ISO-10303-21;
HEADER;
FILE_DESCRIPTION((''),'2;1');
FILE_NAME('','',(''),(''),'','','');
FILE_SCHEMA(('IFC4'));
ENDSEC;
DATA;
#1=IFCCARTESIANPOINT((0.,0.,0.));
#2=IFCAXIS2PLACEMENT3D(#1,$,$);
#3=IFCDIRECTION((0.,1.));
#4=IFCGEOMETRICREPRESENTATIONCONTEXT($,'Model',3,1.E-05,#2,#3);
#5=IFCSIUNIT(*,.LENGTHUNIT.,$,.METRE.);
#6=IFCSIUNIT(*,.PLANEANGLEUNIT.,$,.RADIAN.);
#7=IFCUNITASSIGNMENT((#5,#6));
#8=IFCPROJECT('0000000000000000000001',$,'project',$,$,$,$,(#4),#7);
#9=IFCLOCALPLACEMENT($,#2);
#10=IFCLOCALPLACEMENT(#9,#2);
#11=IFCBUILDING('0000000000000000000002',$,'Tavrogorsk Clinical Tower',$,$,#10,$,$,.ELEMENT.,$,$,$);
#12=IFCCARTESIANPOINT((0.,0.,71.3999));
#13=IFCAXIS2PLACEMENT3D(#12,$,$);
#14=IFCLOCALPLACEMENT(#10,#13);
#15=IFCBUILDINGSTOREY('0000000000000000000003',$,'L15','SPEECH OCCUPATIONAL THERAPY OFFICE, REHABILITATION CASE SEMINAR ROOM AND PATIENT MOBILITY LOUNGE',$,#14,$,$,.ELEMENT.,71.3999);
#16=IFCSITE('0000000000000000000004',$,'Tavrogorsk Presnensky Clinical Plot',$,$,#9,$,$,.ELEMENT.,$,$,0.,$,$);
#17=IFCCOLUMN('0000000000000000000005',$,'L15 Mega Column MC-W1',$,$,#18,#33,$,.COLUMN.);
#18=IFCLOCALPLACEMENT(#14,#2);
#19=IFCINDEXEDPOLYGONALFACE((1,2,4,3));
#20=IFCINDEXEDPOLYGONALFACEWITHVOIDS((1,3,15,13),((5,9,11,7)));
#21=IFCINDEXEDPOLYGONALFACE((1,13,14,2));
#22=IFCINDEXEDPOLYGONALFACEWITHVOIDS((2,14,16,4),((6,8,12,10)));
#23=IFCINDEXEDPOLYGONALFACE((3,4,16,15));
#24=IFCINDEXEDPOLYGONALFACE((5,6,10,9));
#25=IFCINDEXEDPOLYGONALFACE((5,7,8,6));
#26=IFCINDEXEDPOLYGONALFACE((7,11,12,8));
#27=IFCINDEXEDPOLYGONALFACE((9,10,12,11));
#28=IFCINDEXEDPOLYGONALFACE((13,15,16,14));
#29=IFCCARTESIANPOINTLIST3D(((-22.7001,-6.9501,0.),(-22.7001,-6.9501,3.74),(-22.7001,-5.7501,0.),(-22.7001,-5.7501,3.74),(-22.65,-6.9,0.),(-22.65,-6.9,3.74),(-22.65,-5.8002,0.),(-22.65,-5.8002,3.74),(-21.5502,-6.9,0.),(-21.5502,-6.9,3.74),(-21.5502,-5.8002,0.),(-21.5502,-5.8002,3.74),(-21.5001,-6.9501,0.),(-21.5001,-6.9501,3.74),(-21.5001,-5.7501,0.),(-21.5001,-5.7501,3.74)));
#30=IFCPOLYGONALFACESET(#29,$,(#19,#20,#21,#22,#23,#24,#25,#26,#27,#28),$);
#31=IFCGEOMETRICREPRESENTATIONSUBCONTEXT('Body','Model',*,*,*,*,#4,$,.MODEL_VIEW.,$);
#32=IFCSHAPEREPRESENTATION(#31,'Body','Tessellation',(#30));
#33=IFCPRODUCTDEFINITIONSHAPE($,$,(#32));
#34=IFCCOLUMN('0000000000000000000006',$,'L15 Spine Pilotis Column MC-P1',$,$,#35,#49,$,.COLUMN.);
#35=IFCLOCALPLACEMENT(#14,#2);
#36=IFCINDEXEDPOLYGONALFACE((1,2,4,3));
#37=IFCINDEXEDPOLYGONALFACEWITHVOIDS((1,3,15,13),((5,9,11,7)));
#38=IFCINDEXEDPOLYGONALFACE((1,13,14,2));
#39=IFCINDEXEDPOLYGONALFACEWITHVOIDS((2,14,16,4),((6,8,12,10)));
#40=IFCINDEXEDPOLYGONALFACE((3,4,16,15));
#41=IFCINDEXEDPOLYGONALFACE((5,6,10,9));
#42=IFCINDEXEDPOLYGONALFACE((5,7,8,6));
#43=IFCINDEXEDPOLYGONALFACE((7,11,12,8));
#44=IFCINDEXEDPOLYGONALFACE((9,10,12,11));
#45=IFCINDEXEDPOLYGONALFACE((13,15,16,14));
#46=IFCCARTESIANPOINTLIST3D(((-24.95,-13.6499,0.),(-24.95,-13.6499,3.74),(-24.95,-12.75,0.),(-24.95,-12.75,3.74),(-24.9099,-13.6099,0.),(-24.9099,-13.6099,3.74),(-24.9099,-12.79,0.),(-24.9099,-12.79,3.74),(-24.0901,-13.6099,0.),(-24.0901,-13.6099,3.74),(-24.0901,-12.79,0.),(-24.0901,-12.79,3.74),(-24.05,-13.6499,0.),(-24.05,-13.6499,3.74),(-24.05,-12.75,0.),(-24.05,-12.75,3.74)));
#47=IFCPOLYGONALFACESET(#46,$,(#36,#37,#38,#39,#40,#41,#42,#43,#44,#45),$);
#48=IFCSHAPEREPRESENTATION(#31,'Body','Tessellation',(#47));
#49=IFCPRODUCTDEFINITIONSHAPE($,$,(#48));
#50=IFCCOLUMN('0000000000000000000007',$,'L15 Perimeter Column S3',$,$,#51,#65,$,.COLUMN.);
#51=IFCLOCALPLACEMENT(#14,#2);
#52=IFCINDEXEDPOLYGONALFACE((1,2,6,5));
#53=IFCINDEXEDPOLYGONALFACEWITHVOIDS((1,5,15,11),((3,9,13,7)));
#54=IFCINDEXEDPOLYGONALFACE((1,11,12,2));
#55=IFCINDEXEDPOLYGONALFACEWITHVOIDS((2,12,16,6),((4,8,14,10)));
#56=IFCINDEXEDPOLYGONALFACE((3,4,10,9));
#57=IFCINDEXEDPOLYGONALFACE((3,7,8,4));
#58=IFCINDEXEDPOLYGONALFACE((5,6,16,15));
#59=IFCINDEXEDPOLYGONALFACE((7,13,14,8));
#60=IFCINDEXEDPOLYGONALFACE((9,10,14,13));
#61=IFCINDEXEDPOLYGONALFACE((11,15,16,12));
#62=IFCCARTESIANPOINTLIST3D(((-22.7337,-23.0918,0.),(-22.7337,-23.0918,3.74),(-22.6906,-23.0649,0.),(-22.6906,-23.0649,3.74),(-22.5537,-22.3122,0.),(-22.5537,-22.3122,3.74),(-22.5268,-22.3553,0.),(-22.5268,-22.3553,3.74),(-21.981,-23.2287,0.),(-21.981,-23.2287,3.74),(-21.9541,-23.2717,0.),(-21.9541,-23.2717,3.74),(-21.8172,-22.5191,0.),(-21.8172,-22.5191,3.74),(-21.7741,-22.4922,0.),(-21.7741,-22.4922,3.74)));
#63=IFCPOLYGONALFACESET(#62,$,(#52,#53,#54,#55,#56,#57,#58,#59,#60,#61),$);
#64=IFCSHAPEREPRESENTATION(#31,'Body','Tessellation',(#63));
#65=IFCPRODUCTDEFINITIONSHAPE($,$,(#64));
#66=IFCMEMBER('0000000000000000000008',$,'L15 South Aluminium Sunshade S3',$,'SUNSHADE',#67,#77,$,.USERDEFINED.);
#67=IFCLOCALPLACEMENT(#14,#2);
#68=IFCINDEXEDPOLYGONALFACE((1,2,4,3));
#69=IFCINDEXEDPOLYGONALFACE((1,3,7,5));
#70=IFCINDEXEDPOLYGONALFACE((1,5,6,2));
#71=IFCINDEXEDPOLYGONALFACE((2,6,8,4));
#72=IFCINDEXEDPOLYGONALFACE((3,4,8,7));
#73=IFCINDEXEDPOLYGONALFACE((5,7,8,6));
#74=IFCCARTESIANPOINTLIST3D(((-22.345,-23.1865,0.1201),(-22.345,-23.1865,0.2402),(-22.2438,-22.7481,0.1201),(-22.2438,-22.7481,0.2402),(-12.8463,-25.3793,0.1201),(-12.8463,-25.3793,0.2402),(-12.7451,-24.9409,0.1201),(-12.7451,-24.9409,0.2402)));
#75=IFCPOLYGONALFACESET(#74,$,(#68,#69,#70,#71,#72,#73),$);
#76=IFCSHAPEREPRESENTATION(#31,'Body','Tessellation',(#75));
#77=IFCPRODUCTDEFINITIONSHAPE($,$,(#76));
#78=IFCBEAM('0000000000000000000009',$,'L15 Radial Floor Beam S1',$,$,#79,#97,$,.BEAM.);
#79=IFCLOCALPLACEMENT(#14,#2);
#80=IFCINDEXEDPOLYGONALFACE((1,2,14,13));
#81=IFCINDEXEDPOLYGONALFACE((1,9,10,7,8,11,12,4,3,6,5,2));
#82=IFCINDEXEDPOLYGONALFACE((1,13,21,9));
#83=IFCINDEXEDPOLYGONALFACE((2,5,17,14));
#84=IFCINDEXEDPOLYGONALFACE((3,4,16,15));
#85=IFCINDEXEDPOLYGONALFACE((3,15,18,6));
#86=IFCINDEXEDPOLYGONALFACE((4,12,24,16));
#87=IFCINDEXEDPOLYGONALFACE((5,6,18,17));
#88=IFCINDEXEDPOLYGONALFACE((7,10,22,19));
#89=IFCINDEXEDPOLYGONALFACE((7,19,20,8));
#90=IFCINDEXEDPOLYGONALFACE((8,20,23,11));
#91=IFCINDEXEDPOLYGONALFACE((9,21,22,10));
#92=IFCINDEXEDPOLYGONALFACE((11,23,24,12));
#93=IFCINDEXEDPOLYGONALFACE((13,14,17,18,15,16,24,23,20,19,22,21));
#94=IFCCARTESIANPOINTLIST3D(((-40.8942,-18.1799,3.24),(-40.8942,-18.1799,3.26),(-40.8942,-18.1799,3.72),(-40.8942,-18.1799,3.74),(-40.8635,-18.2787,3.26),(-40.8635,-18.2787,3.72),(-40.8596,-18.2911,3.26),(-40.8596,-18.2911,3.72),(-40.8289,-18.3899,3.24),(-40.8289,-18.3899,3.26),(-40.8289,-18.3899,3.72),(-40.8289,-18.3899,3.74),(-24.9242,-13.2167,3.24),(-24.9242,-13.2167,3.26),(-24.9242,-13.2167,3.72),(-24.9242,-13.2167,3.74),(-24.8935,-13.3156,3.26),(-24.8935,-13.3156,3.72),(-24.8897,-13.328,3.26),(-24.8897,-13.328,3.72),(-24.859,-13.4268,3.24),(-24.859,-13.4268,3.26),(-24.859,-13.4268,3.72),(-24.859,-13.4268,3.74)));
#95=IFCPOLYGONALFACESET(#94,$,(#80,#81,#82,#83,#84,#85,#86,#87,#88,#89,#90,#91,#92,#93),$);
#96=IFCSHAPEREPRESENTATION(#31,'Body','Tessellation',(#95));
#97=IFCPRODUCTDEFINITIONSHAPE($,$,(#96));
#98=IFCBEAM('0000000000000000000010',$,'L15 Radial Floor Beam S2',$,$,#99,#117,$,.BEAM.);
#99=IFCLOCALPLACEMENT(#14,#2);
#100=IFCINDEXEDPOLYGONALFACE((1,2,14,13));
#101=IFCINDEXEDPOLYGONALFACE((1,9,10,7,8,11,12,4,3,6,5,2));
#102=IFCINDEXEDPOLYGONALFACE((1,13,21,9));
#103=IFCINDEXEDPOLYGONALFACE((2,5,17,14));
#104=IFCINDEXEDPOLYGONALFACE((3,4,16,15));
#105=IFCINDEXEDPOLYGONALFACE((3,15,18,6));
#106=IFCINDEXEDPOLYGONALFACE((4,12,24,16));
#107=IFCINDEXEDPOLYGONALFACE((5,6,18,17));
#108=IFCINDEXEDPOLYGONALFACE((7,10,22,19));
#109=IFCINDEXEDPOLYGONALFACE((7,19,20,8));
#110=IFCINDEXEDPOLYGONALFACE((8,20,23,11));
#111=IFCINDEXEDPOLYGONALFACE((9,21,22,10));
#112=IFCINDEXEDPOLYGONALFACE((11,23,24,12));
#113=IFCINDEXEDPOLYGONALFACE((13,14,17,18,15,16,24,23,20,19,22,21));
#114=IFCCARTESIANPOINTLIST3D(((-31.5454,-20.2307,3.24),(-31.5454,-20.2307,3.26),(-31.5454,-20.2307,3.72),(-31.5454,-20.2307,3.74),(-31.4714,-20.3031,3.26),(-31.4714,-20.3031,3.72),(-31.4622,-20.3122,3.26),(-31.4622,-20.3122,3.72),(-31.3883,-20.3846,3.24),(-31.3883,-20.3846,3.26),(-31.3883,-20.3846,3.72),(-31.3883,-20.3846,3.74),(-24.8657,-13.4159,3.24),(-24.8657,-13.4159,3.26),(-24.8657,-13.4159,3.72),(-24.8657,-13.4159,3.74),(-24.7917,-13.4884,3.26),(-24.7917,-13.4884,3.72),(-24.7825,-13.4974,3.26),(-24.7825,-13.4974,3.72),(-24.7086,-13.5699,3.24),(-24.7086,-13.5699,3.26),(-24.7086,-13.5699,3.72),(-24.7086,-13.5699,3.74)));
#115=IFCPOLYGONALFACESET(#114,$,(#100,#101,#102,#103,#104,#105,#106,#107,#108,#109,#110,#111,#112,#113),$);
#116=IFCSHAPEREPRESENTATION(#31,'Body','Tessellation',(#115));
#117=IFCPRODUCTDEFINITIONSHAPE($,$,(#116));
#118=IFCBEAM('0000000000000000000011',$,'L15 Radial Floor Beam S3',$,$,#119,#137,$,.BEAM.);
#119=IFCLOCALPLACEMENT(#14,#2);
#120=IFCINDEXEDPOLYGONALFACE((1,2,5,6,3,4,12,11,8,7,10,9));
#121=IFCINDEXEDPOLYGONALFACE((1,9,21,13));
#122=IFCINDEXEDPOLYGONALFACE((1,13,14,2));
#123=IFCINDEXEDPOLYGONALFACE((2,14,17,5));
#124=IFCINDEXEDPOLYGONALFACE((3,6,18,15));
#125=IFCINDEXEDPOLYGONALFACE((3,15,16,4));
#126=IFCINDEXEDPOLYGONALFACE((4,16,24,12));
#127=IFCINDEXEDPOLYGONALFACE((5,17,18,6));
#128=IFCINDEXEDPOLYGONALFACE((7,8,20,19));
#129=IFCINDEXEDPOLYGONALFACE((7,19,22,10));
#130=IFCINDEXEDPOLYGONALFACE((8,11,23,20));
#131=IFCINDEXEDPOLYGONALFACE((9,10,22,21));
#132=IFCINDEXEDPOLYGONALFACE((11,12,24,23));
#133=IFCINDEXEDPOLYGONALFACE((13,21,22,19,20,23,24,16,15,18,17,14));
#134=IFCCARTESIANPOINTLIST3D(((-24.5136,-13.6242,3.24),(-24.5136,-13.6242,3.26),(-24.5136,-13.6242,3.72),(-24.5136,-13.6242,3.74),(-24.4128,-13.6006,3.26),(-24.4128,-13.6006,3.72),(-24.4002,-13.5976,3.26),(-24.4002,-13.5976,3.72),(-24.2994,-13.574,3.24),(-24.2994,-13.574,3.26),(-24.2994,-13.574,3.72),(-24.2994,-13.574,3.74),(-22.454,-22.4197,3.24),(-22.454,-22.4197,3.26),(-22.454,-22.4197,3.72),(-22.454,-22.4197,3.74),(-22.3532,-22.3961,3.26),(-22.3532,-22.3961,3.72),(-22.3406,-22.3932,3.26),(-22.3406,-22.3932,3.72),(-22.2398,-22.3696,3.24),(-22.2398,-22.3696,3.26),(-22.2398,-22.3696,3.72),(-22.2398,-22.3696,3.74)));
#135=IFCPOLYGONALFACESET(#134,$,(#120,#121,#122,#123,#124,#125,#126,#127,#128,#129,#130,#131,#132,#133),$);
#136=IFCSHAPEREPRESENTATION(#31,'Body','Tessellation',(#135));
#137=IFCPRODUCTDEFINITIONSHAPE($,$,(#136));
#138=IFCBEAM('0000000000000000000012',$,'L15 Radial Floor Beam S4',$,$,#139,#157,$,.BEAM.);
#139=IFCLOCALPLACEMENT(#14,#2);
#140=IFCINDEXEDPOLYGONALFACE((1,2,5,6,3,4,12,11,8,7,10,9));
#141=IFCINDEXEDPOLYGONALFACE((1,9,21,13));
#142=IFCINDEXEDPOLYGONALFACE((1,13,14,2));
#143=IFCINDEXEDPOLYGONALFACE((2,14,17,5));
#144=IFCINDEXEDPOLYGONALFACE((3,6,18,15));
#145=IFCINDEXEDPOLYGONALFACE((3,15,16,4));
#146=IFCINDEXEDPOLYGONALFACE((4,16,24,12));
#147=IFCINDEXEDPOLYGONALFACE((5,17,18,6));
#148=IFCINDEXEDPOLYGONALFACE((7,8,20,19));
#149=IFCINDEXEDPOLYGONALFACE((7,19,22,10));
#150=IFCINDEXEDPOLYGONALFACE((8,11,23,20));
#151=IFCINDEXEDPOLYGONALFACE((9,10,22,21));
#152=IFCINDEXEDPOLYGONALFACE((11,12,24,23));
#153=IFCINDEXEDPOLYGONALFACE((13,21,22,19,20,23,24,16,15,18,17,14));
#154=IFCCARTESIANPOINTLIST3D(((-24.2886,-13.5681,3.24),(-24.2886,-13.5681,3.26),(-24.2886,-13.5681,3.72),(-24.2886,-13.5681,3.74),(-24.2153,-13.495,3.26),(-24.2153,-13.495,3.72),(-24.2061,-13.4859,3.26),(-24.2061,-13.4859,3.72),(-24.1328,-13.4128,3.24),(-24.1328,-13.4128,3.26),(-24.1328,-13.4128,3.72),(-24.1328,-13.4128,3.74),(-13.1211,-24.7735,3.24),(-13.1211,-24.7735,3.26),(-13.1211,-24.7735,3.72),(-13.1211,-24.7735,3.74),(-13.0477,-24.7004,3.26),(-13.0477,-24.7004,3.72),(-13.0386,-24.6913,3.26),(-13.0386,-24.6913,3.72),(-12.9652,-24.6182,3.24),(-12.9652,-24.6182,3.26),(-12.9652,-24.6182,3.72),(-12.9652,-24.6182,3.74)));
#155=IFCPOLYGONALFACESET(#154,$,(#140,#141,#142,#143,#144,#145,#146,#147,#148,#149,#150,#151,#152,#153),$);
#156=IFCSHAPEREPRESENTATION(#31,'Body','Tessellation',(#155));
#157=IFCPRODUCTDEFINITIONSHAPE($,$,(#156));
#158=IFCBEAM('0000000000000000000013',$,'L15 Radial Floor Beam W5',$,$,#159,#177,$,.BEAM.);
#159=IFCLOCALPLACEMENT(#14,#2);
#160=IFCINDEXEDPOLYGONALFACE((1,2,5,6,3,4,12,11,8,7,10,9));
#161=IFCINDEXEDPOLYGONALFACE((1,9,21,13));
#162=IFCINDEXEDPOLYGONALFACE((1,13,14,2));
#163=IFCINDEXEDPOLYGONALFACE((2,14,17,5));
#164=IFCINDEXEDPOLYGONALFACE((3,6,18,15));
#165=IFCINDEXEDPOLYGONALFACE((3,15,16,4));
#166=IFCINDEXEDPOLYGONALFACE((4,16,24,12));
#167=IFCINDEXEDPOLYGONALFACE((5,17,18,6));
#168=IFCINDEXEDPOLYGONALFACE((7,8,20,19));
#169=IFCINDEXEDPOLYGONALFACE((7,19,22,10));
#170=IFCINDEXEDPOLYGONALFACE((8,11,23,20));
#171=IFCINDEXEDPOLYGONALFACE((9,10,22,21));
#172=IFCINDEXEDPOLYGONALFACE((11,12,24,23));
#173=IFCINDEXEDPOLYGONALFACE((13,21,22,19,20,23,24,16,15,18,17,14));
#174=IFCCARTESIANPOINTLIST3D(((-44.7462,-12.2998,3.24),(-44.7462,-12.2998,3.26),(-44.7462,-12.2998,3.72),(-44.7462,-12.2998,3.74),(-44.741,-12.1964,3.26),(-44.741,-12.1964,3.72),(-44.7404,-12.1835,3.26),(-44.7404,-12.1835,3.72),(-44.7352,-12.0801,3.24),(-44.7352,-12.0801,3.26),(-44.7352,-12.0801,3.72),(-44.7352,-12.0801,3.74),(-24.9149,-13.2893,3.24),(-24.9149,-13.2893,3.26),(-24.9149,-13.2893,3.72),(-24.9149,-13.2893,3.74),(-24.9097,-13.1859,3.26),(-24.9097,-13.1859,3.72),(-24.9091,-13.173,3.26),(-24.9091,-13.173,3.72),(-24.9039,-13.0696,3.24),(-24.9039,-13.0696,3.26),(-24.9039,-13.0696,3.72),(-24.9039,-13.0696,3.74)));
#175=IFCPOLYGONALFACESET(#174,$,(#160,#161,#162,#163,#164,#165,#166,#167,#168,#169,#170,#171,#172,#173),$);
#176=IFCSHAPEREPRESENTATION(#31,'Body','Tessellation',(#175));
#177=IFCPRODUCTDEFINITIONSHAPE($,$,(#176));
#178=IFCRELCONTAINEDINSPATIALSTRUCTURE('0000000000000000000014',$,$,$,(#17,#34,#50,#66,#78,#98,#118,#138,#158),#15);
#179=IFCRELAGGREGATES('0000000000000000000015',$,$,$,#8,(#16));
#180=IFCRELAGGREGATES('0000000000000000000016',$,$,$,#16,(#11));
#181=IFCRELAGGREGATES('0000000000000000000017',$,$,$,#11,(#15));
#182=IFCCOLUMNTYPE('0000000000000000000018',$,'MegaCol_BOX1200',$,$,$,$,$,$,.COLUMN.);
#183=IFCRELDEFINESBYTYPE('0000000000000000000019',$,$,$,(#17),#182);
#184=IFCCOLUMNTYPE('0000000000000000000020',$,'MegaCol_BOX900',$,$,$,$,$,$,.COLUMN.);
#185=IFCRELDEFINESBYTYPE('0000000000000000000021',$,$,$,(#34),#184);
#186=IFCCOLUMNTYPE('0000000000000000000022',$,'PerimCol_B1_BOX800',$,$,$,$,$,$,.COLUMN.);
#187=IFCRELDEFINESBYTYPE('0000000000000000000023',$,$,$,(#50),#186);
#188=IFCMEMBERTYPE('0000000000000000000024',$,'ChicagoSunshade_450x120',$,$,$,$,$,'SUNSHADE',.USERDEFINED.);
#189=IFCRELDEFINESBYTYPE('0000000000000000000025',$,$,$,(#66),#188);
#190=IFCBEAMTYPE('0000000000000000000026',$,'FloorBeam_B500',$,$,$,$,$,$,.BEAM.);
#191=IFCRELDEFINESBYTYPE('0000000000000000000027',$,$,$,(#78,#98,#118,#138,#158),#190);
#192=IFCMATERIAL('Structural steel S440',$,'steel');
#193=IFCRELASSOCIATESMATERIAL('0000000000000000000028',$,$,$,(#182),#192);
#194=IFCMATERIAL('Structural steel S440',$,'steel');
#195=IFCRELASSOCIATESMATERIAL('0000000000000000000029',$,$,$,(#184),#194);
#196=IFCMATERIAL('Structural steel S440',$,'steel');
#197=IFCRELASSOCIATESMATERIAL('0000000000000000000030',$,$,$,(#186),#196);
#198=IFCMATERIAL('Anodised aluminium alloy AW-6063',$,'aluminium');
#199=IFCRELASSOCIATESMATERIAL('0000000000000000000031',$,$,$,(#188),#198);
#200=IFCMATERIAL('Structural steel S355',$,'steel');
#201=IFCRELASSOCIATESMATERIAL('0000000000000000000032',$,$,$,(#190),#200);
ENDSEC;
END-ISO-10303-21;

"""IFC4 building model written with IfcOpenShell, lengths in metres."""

from ifc_helpers import new_model, si_unit, direction, frame, origin, origin_2d, place, context, subcontext, project, spatial, rectangle, hollow_rectangle, i_section, extrude, material, material_profile, profile_set, type_object, element, save


model = new_model("IFC4")

# Units and contexts
model_context = context("Model", 3, precision=1e-05, world=origin(), true_north=direction((0.0, 1.0)))
body_context = subcontext(model_context, "Body", "Model", "MODEL_VIEW")
ifc_project = project(units=[si_unit("LENGTHUNIT", "METRE"), si_unit("PLANEANGLEUNIT", "RADIAN")], contexts=[model_context])

# Site, building, storey
site_placement = place(None, origin())
site = spatial("IfcSite", under=ifc_project, at=site_placement, Name="Tavrogorsk Presnensky Clinical Plot", CompositionType="ELEMENT", RefElevation=0.0)
building_placement = place(site_placement, origin())
building = spatial("IfcBuilding", under=site, at=building_placement, Name="Tavrogorsk Clinical Tower", CompositionType="ELEMENT")
storey_placement = place(building_placement, frame((0.0, 0.0, 71.3999)))
storey = spatial("IfcBuildingStorey", under=building, at=storey_placement, Name="L15", Description="SPEECH OCCUPATIONAL THERAPY OFFICE, REHABILITATION CASE SEMINAR ROOM AND PATIENT MOBILITY LOUNGE", CompositionType="ELEMENT", Elevation=71.3999)

# Columns
ifc_material_1 = material(Name="Structural steel S440", Category="steel")
ifc_material_profile_1 = material_profile(ifc_material_1, hollow_rectangle(XDim=1.2, YDim=1.2, WallThickness=0.05, at=origin_2d()), Name="BOX-1200x1200x50")
ifc_profile_set_1 = profile_set([ifc_material_profile_1], Name="Structural steel S440")
column_type_1 = type_object("IfcColumnType", Name="MegaCol_BOX1200", PredefinedType="COLUMN", material=ifc_profile_set_1)
column_1_placement = place(storey_placement, frame((-22.1001, -6.3501, 0.0), z_axis=(0.0, 0.0, 1.0), x_axis=(1.0, 0.0, 0.0)))
element("IfcColumn", 1, at=column_1_placement, inside=storey, type_object=column_type_1, Name="L15 Mega Column MC-W1", PredefinedType="COLUMN", context=body_context, shape_type="SweptSolid", body=[
    extrude(hollow_rectangle(XDim=1.2, YDim=1.2, WallThickness=0.05, at=origin_2d()), origin(), (0.0, 0.0, 1.0), 3.74),
])
ifc_material_2 = material(Name="Structural steel S440", Category="steel")
ifc_material_profile_2 = material_profile(ifc_material_2, hollow_rectangle(XDim=0.8999, YDim=0.8999, WallThickness=0.04, at=origin_2d()), Name="BOX-900x900x40")
ifc_profile_set_2 = profile_set([ifc_material_profile_2], Name="Structural steel S440")
column_type_2 = type_object("IfcColumnType", Name="MegaCol_BOX900", PredefinedType="COLUMN", material=ifc_profile_set_2)
column_2_placement = place(storey_placement, frame((-24.5, -13.2, 0.0), z_axis=(0.0, 0.0, 1.0), x_axis=(1.0, 0.0, 0.0)))
element("IfcColumn", 2, at=column_2_placement, inside=storey, type_object=column_type_2, Name="L15 Spine Pilotis Column MC-P1", PredefinedType="COLUMN", context=body_context, shape_type="SweptSolid", body=[
    extrude(hollow_rectangle(XDim=0.8999, YDim=0.8999, WallThickness=0.04, at=origin_2d()), origin(), (0.0, 0.0, 1.0), 3.74),
])
ifc_material_3 = material(Name="Structural steel S440", Category="steel")
ifc_material_profile_3 = material_profile(ifc_material_3, hollow_rectangle(XDim=0.8, YDim=0.8, WallThickness=0.0359, at=origin_2d()), Name="BOX-800x800x36")
ifc_profile_set_3 = profile_set([ifc_material_profile_3], Name="Structural steel S440")
column_type_3 = type_object("IfcColumnType", Name="PerimCol_B1_BOX800", PredefinedType="COLUMN", material=ifc_profile_set_3)
column_3_placement = place(storey_placement, frame((-22.2539, -22.792, 0.0), z_axis=(0.0, 0.0, 1.0), x_axis=(0.97437, -0.224951, 0.0)))
element("IfcColumn", 3, at=column_3_placement, inside=storey, type_object=column_type_3, Name="L15 Perimeter Column S3", PredefinedType="COLUMN", context=body_context, shape_type="SweptSolid", body=[
    extrude(hollow_rectangle(XDim=0.8, YDim=0.8, WallThickness=0.0359, at=origin_2d()), origin(), (0.0, 0.0, 1.0), 3.74),
])

# Member
ifc_material_4 = material(Name="Anodised aluminium alloy AW-6063", Category="aluminium")
ifc_material_profile_4 = material_profile(ifc_material_4, rectangle(XDim=0.45, YDim=0.1201, at=origin_2d()), Name="ALU-SUNSHADE-450x120")
ifc_profile_set_4 = profile_set([ifc_material_profile_4], Name="Anodised aluminium alloy AW-6063")
member_type = type_object("IfcMemberType", Name="ChicagoSunshade_450x120", ElementType="SUNSHADE", PredefinedType="USERDEFINED", material=ifc_profile_set_4)
member_placement = place(storey_placement, frame((-22.2944, -22.9673, 0.1802), z_axis=(0.974372, -0.224942, 0.0), x_axis=(0.224942, 0.974372, 0.0)))
element("IfcMember", 4, at=member_placement, inside=storey, type_object=member_type, Name="L15 South Aluminium Sunshade S3", ObjectType="SUNSHADE", PredefinedType="USERDEFINED", context=body_context, shape_type="SweptSolid", body=[
    extrude(rectangle(XDim=0.45, YDim=0.1201, at=origin_2d()), origin(), (0.0, 0.0, 1.0), 9.7485),
])

# Beams
ifc_material_5 = material(Name="Structural steel S355", Category="steel")
ifc_material_profile_5 = material_profile(ifc_material_5, i_section(OverallWidth=0.22, OverallDepth=0.5, WebThickness=0.0129, FlangeThickness=0.02, at=origin_2d()), Name="B-500x220x13x20")
ifc_profile_set_5 = profile_set([ifc_material_profile_5], Name="Structural steel S355")
beam_type_1 = type_object("IfcBeamType", Name="FloorBeam_B500", PredefinedType="BEAM", material=ifc_profile_set_5)
beam_1_placement = place(storey_placement, frame((-24.8916, -13.3218, 3.49), z_axis=(-0.954947, -0.296778, 0.0), x_axis=(0.296778, -0.954947, 0.0)))
element("IfcBeam", 5, at=beam_1_placement, inside=storey, type_object=beam_type_1, Name="L15 Radial Floor Beam S1", PredefinedType="BEAM", context=body_context, shape_type="SweptSolid", body=[
    extrude(i_section(OverallWidth=0.22, OverallDepth=0.5, WebThickness=0.0129, FlangeThickness=0.02, at=origin_2d()), origin(), (0.0, 0.0, 1.0), 16.7234),
])
beam_2_placement = place(storey_placement, frame((-24.7871, -13.4929, 3.49), z_axis=(-0.699997, -0.714146, 0.0), x_axis=(0.714146, -0.699997, 0.0)))
element("IfcBeam", 6, at=beam_2_placement, inside=storey, type_object=beam_type_1, Name="L15 Radial Floor Beam S2", PredefinedType="BEAM", context=body_context, shape_type="SweptSolid", body=[
    extrude(i_section(OverallWidth=0.22, OverallDepth=0.5, WebThickness=0.0129, FlangeThickness=0.02, at=origin_2d()), origin(), (0.0, 0.0, 1.0), 9.5425),
])
beam_3_placement = place(storey_placement, frame((-24.4065, -13.5991, 3.49), z_axis=(0.227997, -0.973662, 0.0), x_axis=(0.973662, 0.227997, 0.0)))
element("IfcBeam", 7, at=beam_3_placement, inside=storey, type_object=beam_type_1, Name="L15 Radial Floor Beam S3", PredefinedType="BEAM", context=body_context, shape_type="SweptSolid", body=[
    extrude(i_section(OverallWidth=0.22, OverallDepth=0.5, WebThickness=0.0129, FlangeThickness=0.02, at=origin_2d()), origin(), (0.0, 0.0, 1.0), 9.0334),
])
beam_4_placement = place(storey_placement, frame((-24.2107, -13.4905, 3.49), z_axis=(0.70591, -0.708302, 0.0), x_axis=(0.708302, 0.70591, 0.0)))
element("IfcBeam", 8, at=beam_4_placement, inside=storey, type_object=beam_type_1, Name="L15 Radial Floor Beam S4", PredefinedType="BEAM", context=body_context, shape_type="SweptSolid", body=[
    extrude(i_section(OverallWidth=0.22, OverallDepth=0.5, WebThickness=0.0129, FlangeThickness=0.02, at=origin_2d()), origin(), (0.0, 0.0, 1.0), 15.8201),
])
beam_5_placement = place(storey_placement, frame((-24.9094, -13.1794, 3.49), z_axis=(-0.998758, 0.049834, 0.0), x_axis=(-0.049834, -0.998758, 0.0)))
element("IfcBeam", 9, at=beam_5_placement, inside=storey, type_object=beam_type_1, Name="L15 Radial Floor Beam W5", PredefinedType="BEAM", context=body_context, shape_type="SweptSolid", body=[
    extrude(i_section(OverallWidth=0.22, OverallDepth=0.5, WebThickness=0.0129, FlangeThickness=0.02, at=origin_2d()), origin(), (0.0, 0.0, 1.0), 19.856),
])

save(model, "model.ifc")
